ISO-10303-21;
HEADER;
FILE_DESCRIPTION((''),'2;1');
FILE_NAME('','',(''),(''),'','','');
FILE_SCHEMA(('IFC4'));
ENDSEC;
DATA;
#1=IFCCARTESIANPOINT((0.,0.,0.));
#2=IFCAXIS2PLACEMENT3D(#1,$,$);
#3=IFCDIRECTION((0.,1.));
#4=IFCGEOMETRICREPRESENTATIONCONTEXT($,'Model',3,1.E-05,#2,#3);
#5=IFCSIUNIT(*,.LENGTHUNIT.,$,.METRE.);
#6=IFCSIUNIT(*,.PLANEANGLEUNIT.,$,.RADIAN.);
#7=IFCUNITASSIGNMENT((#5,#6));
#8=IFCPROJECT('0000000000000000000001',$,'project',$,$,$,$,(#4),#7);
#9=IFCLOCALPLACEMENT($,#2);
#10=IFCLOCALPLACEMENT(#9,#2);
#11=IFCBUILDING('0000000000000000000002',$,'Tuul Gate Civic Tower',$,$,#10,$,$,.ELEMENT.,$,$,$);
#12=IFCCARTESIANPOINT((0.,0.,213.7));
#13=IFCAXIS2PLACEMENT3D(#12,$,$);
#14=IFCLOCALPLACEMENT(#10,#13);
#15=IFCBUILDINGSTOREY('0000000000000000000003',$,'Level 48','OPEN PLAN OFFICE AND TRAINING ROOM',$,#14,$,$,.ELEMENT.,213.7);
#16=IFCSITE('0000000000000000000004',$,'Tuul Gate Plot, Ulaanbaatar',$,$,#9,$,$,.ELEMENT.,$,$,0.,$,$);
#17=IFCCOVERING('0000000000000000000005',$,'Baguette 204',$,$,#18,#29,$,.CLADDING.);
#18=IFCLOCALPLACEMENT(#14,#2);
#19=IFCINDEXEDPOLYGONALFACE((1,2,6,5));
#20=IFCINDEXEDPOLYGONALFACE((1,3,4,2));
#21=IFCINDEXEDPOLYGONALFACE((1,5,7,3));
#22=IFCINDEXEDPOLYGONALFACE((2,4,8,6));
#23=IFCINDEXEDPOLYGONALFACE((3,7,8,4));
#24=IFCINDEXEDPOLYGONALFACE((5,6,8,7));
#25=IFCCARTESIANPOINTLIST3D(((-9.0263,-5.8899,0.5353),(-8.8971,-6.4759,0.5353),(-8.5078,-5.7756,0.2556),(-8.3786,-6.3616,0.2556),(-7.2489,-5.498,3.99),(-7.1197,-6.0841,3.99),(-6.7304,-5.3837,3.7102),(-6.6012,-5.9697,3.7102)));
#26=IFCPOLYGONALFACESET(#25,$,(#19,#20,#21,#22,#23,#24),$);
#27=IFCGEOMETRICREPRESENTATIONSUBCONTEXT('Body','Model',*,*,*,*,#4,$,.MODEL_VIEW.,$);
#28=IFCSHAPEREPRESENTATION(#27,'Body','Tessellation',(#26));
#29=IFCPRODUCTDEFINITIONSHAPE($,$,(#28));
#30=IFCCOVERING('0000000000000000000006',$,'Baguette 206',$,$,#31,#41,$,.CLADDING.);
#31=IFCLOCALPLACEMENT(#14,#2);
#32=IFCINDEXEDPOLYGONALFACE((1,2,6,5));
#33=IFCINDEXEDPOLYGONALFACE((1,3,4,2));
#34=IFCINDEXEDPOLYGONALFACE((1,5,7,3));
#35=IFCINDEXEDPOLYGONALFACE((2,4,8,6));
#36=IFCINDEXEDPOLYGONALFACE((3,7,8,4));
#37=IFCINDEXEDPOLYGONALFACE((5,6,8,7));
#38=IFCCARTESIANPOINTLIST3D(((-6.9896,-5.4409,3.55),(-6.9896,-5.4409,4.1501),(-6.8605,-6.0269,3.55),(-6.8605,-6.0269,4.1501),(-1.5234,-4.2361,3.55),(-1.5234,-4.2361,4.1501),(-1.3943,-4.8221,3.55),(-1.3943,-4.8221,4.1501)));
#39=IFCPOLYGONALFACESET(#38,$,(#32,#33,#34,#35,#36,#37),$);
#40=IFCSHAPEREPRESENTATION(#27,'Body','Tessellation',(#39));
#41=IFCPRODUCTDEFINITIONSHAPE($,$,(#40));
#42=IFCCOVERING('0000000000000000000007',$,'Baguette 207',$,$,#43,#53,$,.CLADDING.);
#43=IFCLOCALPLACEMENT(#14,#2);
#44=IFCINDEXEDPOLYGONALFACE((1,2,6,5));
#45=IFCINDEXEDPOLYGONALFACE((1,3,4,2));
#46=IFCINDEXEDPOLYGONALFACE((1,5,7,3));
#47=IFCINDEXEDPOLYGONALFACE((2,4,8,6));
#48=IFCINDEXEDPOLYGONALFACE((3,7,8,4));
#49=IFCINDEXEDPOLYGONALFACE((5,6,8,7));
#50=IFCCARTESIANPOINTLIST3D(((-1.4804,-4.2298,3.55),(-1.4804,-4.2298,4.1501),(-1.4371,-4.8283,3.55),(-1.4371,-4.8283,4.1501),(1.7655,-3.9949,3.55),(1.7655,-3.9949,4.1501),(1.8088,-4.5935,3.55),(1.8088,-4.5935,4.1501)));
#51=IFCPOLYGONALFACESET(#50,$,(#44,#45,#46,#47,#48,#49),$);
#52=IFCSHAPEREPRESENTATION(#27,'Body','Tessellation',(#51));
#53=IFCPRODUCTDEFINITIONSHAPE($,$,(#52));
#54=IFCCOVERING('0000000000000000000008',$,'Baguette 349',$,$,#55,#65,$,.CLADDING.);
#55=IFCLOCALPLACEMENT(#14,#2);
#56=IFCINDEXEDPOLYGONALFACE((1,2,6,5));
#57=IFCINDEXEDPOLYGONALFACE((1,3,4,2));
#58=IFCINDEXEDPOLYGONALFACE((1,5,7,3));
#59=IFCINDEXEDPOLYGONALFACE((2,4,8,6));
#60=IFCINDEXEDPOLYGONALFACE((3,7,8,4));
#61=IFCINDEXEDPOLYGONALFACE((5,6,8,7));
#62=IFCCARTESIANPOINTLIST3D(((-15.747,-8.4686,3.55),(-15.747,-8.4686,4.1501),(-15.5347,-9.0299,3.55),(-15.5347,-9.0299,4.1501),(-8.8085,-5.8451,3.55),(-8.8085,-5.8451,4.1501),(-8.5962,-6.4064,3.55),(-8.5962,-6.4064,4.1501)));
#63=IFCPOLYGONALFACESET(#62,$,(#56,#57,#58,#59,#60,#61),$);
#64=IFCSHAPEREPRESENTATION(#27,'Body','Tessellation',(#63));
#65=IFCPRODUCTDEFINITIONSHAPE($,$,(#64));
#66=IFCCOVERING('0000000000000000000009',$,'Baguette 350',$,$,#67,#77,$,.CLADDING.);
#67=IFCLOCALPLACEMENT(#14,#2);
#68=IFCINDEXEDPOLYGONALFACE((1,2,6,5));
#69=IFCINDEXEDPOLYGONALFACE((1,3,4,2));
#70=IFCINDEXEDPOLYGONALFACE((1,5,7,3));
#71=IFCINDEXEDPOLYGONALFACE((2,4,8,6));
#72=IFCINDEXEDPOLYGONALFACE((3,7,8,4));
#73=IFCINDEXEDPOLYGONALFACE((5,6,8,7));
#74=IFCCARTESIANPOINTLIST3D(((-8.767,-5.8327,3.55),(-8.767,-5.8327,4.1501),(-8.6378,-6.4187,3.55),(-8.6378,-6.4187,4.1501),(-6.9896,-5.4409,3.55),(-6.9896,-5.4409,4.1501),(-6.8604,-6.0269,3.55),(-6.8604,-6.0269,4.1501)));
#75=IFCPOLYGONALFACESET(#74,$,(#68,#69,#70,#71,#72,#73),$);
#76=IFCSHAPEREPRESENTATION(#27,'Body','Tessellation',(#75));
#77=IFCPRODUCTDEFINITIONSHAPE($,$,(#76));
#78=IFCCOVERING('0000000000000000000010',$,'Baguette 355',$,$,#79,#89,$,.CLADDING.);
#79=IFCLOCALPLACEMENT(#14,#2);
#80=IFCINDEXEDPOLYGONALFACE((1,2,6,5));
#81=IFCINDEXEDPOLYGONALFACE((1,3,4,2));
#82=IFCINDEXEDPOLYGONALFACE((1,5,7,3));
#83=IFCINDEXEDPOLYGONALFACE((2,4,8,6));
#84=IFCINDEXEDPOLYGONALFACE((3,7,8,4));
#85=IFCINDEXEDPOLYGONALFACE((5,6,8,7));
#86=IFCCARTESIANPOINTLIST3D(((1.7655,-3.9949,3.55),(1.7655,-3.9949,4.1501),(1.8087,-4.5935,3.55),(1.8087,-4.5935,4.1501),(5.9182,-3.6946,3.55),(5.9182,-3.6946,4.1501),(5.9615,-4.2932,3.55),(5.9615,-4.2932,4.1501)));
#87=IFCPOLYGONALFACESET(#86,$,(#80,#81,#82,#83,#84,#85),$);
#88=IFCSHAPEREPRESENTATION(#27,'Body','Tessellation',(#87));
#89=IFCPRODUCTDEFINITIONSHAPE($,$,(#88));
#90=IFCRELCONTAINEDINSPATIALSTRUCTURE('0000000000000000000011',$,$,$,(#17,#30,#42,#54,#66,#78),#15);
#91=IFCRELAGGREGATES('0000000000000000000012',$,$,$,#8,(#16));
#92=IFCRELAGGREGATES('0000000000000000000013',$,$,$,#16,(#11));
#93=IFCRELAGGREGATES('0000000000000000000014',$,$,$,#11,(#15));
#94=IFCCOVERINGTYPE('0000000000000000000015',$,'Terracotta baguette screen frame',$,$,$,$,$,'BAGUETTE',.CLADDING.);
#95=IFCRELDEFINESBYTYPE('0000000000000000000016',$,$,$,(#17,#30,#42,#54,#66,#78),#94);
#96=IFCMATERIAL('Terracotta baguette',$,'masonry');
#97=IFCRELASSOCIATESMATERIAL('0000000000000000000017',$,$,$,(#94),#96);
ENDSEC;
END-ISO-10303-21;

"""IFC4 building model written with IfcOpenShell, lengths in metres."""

from ifc_helpers import new_model, si_unit, direction, frame, origin, origin_2d, place, context, subcontext, project, spatial, rectangle, extrude, material, material_profile, profile_set, type_object, element, save


model = new_model("IFC4")

# Units and contexts
model_context = context("Model", 3, precision=1e-05, world=origin(), true_north=direction((0.0, 1.0)))
body_context = subcontext(model_context, "Body", "Model", "MODEL_VIEW")
ifc_project = project(units=[si_unit("LENGTHUNIT", "METRE"), si_unit("PLANEANGLEUNIT", "RADIAN")], contexts=[model_context])

# Site, building, storey
site_placement = place(None, origin())
site = spatial("IfcSite", under=ifc_project, at=site_placement, Name="Tuul Gate Plot, Ulaanbaatar", CompositionType="ELEMENT", RefElevation=0.0)
building_placement = place(site_placement, origin())
building = spatial("IfcBuilding", under=site, at=building_placement, Name="Tuul Gate Civic Tower", CompositionType="ELEMENT")
storey_placement = place(building_placement, frame((0.0, 0.0, 213.7)))
storey = spatial("IfcBuildingStorey", under=building, at=storey_placement, Name="Level 48", Description="OPEN PLAN OFFICE AND TRAINING ROOM", CompositionType="ELEMENT", Elevation=213.7)

# Coverings
ifc_material_1 = material(Name="Terracotta baguette", Category="masonry")
ifc_material_profile_1 = material_profile(ifc_material_1, rectangle(XDim=0.6001, YDim=0.6001, at=origin_2d()), Name="Terracotta baguette screen frame")
ifc_profile_set_1 = profile_set([ifc_material_profile_1], Name="Terracotta baguette")
covering_type = type_object("IfcCoveringType", Name="Terracotta baguette screen frame", ElementType="BAGUETTE", PredefinedType="CLADDING", material=ifc_profile_set_1)
covering_1_placement = place(storey_placement, frame((-6.925, -5.7339, 3.8501), z_axis=(-0.455181, -0.100352, -0.884726), x_axis=(0.215297, -0.976549, 0.0)))
element("IfcCovering", 1, at=covering_1_placement, inside=storey, type_object=covering_type, Name="Baguette 204", PredefinedType="CLADDING", context=body_context, shape_type="SweptSolid", body=[
    extrude(rectangle(XDim=0.6001, YDim=0.6001, at=origin_2d()), origin(), (0.0, 0.0, 1.0), 3.9048),
])
covering_2_placement = place(storey_placement, frame((-6.925, -5.7339, 3.8501), z_axis=(0.97656, 0.215245, 0.0), x_axis=(-0.215245, 0.97656, 0.0)))
element("IfcCovering", 2, at=covering_2_placement, inside=storey, type_object=covering_type, Name="Baguette 206", PredefinedType="CLADDING", context=body_context, shape_type="SweptSolid", body=[
    extrude(rectangle(XDim=0.6001, YDim=0.6001, at=origin_2d()), origin(), (0.0, 0.0, 1.0), 5.5974),
])
covering_3_placement = place(storey_placement, frame((-1.4587, -4.5291, 3.8501), z_axis=(0.997392, 0.072169, 0.0), x_axis=(-0.072169, 0.997392, 0.0)))
element("IfcCovering", 3, at=covering_3_placement, inside=storey, type_object=covering_type, Name="Baguette 207", PredefinedType="CLADDING", context=body_context, shape_type="SweptSolid", body=[
    extrude(rectangle(XDim=0.6001, YDim=0.6001, at=origin_2d()), origin(), (0.0, 0.0, 1.0), 3.2544),
])
covering_4_placement = place(storey_placement, frame((-15.6409, -8.7493, 3.8501), z_axis=(0.935368, 0.353676, 0.0), x_axis=(-0.353676, 0.935368, 0.0)))
element("IfcCovering", 4, at=covering_4_placement, inside=storey, type_object=covering_type, Name="Baguette 349", PredefinedType="CLADDING", context=body_context, shape_type="SweptSolid", body=[
    extrude(rectangle(XDim=0.6001, YDim=0.6001, at=origin_2d()), origin(), (0.0, 0.0, 1.0), 7.418),
])
covering_5_placement = place(storey_placement, frame((-8.7024, -6.1257, 3.8501), z_axis=(0.976549, 0.215297, 0.0), x_axis=(-0.215297, 0.976549, 0.0)))
element("IfcCovering", 5, at=covering_5_placement, inside=storey, type_object=covering_type, Name="Baguette 350", PredefinedType="CLADDING", context=body_context, shape_type="SweptSolid", body=[
    extrude(rectangle(XDim=0.6001, YDim=0.6001, at=origin_2d()), origin(), (0.0, 0.0, 1.0), 1.8201),
])
covering_6_placement = place(storey_placement, frame((1.7871, -4.2942, 3.8501), z_axis=(0.997396, 0.072122, 0.0), x_axis=(-0.072122, 0.997396, 0.0)))
element("IfcCovering", 6, at=covering_6_placement, inside=storey, type_object=covering_type, Name="Baguette 355", PredefinedType="CLADDING", context=body_context, shape_type="SweptSolid", body=[
    extrude(rectangle(XDim=0.6001, YDim=0.6001, at=origin_2d()), origin(), (0.0, 0.0, 1.0), 4.1636),
])

save(model, "model.ifc")
